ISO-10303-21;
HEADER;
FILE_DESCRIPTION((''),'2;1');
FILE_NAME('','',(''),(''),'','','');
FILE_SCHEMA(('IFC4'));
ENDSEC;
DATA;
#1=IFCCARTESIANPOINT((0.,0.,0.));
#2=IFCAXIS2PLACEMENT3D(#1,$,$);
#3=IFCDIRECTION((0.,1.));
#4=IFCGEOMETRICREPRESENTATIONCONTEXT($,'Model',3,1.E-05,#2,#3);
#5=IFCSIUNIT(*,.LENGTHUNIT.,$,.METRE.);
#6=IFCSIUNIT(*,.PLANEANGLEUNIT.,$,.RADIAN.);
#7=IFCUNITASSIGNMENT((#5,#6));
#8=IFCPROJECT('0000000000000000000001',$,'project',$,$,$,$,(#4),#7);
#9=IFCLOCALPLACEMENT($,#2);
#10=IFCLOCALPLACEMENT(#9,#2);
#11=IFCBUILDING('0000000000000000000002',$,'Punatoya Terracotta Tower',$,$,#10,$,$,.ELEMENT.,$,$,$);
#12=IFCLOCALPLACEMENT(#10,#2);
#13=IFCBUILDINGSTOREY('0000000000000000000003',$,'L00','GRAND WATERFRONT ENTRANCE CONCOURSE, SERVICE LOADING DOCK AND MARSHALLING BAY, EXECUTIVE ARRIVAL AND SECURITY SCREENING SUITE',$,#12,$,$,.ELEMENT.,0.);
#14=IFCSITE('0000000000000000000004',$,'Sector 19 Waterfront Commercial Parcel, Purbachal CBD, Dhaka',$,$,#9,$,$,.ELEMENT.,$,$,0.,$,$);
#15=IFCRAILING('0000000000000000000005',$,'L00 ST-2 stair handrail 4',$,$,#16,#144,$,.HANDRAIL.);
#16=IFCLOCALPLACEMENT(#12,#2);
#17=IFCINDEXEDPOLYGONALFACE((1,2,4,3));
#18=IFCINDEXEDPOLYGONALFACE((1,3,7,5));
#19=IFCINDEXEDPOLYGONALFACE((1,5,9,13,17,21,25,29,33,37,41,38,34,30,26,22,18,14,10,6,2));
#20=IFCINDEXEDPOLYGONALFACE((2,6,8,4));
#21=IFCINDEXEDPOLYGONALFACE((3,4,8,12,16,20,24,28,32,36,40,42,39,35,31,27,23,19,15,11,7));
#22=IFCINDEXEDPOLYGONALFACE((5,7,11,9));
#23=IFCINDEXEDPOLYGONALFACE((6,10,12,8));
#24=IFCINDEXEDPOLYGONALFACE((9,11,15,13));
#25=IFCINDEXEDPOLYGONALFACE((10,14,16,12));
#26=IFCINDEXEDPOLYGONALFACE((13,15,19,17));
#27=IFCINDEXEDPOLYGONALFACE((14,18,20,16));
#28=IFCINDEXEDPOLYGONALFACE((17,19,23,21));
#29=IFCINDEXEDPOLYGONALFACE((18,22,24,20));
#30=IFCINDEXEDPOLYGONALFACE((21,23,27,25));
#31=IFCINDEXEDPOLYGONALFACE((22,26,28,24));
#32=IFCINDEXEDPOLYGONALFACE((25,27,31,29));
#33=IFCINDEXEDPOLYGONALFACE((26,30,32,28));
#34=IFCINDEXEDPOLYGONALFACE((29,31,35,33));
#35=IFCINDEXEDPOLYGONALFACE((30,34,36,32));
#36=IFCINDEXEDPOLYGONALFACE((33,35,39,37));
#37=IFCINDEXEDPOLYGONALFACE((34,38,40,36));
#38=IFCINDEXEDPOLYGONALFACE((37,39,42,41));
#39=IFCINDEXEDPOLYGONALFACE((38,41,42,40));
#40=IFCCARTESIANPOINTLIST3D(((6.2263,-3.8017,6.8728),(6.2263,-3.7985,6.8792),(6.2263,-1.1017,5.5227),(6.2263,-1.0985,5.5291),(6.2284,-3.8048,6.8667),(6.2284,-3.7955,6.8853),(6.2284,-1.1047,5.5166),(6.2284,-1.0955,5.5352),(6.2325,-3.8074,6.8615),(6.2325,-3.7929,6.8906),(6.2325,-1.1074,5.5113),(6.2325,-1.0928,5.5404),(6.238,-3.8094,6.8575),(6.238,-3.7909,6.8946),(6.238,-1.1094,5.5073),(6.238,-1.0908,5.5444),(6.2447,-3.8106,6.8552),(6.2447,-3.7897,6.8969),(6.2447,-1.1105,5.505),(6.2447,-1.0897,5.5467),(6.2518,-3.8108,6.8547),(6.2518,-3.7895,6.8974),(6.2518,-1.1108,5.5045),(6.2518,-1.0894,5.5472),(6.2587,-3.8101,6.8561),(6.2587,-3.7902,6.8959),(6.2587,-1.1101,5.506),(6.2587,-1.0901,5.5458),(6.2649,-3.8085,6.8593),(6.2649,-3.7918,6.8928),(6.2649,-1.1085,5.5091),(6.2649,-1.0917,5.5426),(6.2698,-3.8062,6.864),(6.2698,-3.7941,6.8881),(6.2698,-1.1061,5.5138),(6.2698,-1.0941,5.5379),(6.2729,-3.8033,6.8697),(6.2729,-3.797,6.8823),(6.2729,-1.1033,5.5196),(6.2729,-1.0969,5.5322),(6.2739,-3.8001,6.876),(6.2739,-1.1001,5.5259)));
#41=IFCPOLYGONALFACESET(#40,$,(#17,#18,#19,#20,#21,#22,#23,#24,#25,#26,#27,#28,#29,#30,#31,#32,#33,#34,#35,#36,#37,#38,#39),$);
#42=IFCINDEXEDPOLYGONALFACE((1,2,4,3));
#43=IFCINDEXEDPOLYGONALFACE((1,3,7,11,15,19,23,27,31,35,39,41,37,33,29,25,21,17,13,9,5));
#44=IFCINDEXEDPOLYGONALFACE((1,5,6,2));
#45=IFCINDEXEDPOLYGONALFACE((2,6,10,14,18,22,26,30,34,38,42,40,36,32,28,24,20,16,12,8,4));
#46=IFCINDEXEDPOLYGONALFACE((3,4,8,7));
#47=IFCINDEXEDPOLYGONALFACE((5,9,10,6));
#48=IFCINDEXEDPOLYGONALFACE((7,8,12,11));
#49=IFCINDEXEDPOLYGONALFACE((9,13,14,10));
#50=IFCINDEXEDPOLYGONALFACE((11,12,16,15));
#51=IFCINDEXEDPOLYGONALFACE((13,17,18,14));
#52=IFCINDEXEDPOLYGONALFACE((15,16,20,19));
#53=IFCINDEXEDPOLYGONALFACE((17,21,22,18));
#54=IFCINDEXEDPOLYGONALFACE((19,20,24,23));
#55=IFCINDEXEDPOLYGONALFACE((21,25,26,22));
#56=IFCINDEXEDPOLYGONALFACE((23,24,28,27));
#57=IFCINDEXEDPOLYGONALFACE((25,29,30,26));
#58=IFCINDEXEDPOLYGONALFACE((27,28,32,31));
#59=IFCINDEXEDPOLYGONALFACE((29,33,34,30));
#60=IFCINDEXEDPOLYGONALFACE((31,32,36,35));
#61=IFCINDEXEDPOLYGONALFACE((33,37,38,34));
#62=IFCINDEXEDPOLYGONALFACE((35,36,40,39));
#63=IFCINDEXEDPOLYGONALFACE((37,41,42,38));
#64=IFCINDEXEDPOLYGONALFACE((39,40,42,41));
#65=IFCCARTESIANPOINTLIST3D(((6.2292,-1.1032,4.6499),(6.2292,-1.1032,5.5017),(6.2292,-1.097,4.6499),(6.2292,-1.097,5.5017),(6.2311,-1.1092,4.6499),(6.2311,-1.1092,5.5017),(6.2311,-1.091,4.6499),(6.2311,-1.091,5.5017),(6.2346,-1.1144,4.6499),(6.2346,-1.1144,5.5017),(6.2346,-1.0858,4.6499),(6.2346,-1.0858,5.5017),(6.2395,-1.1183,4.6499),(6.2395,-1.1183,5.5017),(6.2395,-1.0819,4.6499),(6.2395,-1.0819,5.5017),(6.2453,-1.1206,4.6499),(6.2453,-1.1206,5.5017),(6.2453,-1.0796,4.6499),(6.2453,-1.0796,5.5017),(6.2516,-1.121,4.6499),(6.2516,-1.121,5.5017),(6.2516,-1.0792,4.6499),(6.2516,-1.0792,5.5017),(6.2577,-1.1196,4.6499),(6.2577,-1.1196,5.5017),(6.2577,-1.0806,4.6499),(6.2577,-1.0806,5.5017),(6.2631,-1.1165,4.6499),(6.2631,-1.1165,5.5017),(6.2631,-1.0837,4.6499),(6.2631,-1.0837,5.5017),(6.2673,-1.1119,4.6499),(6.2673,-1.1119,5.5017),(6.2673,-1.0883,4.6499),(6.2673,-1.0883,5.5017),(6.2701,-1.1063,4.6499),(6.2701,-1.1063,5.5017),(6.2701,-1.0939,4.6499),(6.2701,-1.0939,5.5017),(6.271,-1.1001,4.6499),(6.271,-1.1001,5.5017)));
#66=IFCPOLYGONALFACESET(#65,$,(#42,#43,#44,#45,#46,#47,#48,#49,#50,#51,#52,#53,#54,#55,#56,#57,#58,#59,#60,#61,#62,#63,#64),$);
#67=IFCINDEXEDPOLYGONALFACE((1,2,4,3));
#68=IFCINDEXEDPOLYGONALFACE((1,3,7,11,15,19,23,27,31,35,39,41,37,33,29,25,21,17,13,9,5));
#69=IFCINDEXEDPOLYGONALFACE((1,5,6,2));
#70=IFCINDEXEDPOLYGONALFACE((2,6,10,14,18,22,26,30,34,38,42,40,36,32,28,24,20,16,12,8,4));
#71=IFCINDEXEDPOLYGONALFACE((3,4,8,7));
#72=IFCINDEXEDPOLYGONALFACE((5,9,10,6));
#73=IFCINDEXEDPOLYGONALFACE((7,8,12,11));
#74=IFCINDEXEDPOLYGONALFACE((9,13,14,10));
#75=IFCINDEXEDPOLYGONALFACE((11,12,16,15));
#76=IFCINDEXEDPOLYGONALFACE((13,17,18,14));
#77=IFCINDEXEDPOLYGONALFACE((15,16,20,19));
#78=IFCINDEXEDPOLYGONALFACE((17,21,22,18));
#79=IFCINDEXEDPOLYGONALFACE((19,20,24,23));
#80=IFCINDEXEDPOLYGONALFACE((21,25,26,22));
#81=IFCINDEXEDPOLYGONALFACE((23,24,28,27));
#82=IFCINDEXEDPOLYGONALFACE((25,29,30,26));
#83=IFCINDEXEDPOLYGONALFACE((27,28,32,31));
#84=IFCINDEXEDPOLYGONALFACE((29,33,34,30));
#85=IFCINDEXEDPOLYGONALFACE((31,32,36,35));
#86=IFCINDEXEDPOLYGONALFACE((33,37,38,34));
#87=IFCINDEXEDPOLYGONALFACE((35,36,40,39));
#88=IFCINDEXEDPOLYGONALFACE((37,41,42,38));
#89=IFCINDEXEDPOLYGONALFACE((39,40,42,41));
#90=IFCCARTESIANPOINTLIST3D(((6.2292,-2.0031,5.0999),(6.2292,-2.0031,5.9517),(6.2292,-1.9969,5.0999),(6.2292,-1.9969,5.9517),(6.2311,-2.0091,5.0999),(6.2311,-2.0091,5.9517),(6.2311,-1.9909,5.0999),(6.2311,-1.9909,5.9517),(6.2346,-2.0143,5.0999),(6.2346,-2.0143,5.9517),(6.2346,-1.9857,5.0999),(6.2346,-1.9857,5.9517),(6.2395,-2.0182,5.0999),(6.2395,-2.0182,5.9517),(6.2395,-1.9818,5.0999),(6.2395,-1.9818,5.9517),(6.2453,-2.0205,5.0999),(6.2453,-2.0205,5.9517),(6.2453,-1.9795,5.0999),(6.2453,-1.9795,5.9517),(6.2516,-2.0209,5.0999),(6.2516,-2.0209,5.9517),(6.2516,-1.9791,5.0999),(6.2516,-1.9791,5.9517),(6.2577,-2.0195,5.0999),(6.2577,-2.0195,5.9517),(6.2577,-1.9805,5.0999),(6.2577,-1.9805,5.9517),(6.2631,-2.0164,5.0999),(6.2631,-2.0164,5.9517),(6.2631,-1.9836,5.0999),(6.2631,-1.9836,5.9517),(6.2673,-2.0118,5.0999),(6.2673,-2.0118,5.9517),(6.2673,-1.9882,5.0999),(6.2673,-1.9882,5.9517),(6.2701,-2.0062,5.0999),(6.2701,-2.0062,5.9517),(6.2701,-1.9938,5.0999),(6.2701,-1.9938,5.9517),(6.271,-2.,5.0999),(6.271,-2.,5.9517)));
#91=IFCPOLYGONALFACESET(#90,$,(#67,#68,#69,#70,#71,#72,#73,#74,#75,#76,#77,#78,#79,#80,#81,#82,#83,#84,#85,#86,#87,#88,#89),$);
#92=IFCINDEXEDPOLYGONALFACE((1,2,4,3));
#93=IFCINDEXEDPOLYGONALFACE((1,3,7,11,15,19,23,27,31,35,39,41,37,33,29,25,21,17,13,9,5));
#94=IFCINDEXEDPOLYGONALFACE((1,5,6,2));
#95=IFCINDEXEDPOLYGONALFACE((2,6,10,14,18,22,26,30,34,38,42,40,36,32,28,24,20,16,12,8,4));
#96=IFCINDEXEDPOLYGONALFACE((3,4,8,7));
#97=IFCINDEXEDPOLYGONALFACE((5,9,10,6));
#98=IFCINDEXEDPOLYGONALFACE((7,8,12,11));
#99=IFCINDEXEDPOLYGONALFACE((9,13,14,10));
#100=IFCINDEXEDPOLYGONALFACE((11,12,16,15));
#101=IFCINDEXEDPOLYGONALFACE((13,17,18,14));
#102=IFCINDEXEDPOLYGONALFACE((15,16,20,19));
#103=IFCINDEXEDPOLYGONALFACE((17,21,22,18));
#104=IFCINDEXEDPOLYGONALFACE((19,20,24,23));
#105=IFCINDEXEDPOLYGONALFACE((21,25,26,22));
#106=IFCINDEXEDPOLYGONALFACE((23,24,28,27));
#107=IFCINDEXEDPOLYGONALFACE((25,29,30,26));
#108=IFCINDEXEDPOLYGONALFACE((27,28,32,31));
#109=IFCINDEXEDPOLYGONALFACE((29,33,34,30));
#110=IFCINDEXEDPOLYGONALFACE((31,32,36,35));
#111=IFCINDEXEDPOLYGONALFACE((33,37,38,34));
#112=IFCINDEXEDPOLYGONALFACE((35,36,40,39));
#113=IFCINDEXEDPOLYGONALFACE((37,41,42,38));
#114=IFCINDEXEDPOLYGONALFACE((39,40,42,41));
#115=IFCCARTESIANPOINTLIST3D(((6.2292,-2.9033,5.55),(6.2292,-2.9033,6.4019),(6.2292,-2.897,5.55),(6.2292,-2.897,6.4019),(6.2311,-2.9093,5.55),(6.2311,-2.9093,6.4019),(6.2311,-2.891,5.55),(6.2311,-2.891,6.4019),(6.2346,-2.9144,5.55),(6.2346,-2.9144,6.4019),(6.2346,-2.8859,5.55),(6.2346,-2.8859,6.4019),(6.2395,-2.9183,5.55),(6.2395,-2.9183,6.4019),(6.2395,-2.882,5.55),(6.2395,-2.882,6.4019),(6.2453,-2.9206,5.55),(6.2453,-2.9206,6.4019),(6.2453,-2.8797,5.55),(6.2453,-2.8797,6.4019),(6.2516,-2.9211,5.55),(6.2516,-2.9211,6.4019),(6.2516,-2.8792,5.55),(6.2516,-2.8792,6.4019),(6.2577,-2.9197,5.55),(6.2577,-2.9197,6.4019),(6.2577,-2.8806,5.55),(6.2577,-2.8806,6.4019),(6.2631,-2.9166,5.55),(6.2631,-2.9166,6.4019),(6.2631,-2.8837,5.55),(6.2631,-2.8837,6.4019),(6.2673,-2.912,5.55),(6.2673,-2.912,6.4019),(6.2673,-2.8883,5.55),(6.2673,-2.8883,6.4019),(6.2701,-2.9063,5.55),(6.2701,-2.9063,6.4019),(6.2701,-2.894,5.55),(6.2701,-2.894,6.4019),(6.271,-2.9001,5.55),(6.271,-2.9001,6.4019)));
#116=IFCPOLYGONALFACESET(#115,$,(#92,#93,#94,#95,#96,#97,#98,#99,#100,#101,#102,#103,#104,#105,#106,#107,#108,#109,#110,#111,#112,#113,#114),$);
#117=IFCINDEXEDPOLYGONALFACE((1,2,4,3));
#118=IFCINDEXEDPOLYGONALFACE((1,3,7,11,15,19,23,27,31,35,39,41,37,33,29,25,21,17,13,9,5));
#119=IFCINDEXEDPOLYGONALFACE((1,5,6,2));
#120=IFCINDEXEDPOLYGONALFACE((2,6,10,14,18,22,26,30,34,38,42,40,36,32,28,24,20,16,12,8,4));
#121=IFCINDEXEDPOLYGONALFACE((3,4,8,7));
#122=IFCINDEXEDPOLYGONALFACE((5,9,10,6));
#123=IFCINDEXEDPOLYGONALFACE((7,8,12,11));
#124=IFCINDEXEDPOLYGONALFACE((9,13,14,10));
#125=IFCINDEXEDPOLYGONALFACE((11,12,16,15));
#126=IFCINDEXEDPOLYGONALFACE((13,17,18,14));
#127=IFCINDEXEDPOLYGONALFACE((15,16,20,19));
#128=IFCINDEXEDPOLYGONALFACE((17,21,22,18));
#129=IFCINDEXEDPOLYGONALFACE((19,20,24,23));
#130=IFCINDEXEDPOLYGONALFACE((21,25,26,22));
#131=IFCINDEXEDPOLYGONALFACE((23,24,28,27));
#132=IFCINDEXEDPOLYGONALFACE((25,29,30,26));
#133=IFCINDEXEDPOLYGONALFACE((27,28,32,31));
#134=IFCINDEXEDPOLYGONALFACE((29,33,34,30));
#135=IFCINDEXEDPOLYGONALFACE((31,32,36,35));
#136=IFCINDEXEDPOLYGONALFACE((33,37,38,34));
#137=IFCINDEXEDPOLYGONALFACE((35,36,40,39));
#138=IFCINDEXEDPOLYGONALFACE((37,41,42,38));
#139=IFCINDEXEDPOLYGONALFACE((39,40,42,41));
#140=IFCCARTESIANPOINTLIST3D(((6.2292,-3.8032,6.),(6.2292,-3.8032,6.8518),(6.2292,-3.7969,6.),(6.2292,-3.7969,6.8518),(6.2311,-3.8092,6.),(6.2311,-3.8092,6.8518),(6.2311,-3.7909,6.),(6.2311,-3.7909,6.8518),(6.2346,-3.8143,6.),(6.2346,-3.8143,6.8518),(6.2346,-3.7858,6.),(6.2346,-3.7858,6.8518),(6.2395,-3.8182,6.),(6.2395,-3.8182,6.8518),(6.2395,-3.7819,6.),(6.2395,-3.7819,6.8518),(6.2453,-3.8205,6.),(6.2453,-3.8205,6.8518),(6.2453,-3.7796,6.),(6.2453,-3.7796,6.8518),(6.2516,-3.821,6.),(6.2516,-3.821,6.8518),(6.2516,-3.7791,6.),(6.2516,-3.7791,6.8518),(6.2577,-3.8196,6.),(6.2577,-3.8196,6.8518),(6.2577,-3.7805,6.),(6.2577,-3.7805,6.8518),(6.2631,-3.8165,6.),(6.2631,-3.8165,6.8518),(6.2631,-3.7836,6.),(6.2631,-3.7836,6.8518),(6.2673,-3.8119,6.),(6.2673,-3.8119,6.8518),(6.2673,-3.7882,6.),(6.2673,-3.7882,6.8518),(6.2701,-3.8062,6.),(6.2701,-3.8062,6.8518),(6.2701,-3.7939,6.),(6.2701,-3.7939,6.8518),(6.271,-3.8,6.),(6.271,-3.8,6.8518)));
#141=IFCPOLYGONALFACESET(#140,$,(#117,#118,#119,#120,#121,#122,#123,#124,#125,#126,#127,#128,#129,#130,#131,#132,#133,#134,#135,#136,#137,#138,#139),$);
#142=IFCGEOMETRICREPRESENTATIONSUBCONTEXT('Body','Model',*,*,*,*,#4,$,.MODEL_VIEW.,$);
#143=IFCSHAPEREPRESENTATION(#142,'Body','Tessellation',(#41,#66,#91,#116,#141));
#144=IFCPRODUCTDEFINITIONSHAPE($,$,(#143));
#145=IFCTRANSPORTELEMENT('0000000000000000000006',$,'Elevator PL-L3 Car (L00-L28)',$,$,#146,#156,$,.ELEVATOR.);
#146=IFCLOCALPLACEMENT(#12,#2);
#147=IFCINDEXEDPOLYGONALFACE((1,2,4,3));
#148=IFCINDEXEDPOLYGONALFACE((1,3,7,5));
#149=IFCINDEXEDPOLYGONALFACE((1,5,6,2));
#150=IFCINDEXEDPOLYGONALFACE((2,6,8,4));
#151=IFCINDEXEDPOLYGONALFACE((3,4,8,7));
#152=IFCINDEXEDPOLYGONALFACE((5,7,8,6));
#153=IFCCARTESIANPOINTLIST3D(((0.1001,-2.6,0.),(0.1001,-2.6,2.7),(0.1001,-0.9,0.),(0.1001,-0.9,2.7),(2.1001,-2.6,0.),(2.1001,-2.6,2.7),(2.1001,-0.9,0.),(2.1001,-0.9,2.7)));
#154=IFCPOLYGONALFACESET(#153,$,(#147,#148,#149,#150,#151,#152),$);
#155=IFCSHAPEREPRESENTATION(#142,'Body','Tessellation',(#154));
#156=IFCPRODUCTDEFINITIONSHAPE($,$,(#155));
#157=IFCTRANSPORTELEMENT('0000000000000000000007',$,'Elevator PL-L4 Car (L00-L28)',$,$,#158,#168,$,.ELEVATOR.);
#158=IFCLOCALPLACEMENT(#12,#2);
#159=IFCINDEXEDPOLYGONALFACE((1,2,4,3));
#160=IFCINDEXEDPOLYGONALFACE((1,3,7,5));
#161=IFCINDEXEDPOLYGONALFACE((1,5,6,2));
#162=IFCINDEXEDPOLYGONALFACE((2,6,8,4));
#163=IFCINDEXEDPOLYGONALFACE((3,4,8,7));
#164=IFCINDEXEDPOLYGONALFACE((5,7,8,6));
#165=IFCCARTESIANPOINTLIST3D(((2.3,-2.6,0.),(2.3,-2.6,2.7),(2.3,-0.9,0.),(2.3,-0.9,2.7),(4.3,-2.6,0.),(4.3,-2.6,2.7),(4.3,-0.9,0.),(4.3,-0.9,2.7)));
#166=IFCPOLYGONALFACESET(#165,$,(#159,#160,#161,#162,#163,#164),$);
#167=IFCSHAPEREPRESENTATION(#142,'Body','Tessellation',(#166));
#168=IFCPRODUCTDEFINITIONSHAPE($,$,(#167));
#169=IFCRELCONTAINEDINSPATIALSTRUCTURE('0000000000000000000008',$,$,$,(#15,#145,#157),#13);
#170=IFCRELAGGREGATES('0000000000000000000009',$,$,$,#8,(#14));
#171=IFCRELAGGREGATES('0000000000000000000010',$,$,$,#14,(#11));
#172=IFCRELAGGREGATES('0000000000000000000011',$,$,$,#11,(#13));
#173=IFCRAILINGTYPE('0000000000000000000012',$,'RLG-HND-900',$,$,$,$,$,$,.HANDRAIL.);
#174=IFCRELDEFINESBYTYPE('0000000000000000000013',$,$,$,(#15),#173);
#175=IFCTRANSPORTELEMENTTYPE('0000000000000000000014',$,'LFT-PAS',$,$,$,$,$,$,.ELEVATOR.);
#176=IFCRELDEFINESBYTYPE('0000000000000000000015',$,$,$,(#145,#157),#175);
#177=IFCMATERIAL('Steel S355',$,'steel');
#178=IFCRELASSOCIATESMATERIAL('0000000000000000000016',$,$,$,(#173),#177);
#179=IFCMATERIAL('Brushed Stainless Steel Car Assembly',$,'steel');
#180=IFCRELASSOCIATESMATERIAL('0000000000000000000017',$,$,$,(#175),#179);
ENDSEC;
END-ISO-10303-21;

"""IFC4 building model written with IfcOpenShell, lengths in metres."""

from ifc_helpers import new_model, si_unit, direction, frame, origin, origin_2d, place, context, subcontext, project, spatial, rectangle, circle, extrude, material, type_object, element, save


model = new_model("IFC4")

# Units and contexts
model_context = context("Model", 3, precision=1e-05, world=origin(), true_north=direction((0.0, 1.0)))
body_context = subcontext(model_context, "Body", "Model", "MODEL_VIEW")
ifc_project = project(units=[si_unit("LENGTHUNIT", "METRE"), si_unit("PLANEANGLEUNIT", "RADIAN")], contexts=[model_context])

# Site, building, storey
site_placement = place(None, origin())
site = spatial("IfcSite", under=ifc_project, at=site_placement, Name="Sector 19 Waterfront Commercial Parcel, Purbachal CBD, Dhaka", CompositionType="ELEMENT", RefElevation=0.0)
building_placement = place(site_placement, origin())
building = spatial("IfcBuilding", under=site, at=building_placement, Name="Punatoya Terracotta Tower", CompositionType="ELEMENT")
storey_placement = place(building_placement, origin())
storey = spatial("IfcBuildingStorey", under=building, at=storey_placement, Name="L00", Description="GRAND WATERFRONT ENTRANCE CONCOURSE, SERVICE LOADING DOCK AND MARSHALLING BAY, EXECUTIVE ARRIVAL AND SECURITY SCREENING SUITE", CompositionType="ELEMENT", Elevation=0.0)

# Shared definitions
ifc_material_1 = material(Name="Steel S355", Category="steel")

# Railing
railing_type_1 = type_object("IfcRailingType", Name="RLG-HND-900", PredefinedType="HANDRAIL", material=ifc_material_1)
railing_1_placement = place(storey_placement, frame((6.25, -1.1001, 4.6499)))
element("IfcRailing", 1, at=railing_1_placement, inside=storey, type_object=railing_type_1, Name="L00 ST-2 stair handrail 4", PredefinedType="HANDRAIL", context=body_context, shape_type="SweptSolid", body=[
    extrude(circle(Radius=0.0239, at=origin_2d()), frame((0.0, 0.0, 0.876), z_axis=(0.0, -0.894411, 0.447246), x_axis=(1.0, 0.0, 0.0)), (0.0, 0.0, 1.0), 3.0188),
    extrude(circle(Radius=0.021, at=origin_2d()), origin(), (0.0, 0.0, 1.0), 0.8518),
    extrude(circle(Radius=0.021, at=origin_2d()), frame((0.0, -0.8999, 0.45)), (0.0, 0.0, 1.0), 0.8518),
    extrude(circle(Radius=0.021, at=origin_2d()), frame((0.0, -1.8, 0.9001)), (0.0, 0.0, 1.0), 0.8518),
    extrude(circle(Radius=0.021, at=origin_2d()), frame((0.0, -2.7, 1.3501)), (0.0, 0.0, 1.0), 0.8518),
])

# Transport elements
ifc_material_2 = material(Name="Brushed Stainless Steel Car Assembly", Category="steel")
transport_element_type = type_object("IfcTransportElementType", Name="LFT-PAS", PredefinedType="ELEVATOR", material=ifc_material_2)
for number, where, z_axis, x_axis, name in (
    (2, (1.1001, -1.75, 0.0), (0.0, 0.0, 1.0), (1.0, 0.0, 0.0), "Elevator PL-L3 Car (L00-L28)"),
    (3, (3.3, -1.75, 0.0), (0.0, 0.0, 1.0), (1.0, 0.0, 0.0), "Elevator PL-L4 Car (L00-L28)"),
):
    element("IfcTransportElement", number, at=place(storey_placement, frame(where, z_axis=z_axis, x_axis=x_axis)), inside=storey, type_object=transport_element_type, Name=name, PredefinedType="ELEVATOR", context=body_context, shape_type="SweptSolid", body=[
        extrude(rectangle(XDim=2.0, YDim=1.7, at=origin_2d()), origin(), (0.0, 0.0, 1.0), 2.7),
    ])

save(model, "model.ifc")
